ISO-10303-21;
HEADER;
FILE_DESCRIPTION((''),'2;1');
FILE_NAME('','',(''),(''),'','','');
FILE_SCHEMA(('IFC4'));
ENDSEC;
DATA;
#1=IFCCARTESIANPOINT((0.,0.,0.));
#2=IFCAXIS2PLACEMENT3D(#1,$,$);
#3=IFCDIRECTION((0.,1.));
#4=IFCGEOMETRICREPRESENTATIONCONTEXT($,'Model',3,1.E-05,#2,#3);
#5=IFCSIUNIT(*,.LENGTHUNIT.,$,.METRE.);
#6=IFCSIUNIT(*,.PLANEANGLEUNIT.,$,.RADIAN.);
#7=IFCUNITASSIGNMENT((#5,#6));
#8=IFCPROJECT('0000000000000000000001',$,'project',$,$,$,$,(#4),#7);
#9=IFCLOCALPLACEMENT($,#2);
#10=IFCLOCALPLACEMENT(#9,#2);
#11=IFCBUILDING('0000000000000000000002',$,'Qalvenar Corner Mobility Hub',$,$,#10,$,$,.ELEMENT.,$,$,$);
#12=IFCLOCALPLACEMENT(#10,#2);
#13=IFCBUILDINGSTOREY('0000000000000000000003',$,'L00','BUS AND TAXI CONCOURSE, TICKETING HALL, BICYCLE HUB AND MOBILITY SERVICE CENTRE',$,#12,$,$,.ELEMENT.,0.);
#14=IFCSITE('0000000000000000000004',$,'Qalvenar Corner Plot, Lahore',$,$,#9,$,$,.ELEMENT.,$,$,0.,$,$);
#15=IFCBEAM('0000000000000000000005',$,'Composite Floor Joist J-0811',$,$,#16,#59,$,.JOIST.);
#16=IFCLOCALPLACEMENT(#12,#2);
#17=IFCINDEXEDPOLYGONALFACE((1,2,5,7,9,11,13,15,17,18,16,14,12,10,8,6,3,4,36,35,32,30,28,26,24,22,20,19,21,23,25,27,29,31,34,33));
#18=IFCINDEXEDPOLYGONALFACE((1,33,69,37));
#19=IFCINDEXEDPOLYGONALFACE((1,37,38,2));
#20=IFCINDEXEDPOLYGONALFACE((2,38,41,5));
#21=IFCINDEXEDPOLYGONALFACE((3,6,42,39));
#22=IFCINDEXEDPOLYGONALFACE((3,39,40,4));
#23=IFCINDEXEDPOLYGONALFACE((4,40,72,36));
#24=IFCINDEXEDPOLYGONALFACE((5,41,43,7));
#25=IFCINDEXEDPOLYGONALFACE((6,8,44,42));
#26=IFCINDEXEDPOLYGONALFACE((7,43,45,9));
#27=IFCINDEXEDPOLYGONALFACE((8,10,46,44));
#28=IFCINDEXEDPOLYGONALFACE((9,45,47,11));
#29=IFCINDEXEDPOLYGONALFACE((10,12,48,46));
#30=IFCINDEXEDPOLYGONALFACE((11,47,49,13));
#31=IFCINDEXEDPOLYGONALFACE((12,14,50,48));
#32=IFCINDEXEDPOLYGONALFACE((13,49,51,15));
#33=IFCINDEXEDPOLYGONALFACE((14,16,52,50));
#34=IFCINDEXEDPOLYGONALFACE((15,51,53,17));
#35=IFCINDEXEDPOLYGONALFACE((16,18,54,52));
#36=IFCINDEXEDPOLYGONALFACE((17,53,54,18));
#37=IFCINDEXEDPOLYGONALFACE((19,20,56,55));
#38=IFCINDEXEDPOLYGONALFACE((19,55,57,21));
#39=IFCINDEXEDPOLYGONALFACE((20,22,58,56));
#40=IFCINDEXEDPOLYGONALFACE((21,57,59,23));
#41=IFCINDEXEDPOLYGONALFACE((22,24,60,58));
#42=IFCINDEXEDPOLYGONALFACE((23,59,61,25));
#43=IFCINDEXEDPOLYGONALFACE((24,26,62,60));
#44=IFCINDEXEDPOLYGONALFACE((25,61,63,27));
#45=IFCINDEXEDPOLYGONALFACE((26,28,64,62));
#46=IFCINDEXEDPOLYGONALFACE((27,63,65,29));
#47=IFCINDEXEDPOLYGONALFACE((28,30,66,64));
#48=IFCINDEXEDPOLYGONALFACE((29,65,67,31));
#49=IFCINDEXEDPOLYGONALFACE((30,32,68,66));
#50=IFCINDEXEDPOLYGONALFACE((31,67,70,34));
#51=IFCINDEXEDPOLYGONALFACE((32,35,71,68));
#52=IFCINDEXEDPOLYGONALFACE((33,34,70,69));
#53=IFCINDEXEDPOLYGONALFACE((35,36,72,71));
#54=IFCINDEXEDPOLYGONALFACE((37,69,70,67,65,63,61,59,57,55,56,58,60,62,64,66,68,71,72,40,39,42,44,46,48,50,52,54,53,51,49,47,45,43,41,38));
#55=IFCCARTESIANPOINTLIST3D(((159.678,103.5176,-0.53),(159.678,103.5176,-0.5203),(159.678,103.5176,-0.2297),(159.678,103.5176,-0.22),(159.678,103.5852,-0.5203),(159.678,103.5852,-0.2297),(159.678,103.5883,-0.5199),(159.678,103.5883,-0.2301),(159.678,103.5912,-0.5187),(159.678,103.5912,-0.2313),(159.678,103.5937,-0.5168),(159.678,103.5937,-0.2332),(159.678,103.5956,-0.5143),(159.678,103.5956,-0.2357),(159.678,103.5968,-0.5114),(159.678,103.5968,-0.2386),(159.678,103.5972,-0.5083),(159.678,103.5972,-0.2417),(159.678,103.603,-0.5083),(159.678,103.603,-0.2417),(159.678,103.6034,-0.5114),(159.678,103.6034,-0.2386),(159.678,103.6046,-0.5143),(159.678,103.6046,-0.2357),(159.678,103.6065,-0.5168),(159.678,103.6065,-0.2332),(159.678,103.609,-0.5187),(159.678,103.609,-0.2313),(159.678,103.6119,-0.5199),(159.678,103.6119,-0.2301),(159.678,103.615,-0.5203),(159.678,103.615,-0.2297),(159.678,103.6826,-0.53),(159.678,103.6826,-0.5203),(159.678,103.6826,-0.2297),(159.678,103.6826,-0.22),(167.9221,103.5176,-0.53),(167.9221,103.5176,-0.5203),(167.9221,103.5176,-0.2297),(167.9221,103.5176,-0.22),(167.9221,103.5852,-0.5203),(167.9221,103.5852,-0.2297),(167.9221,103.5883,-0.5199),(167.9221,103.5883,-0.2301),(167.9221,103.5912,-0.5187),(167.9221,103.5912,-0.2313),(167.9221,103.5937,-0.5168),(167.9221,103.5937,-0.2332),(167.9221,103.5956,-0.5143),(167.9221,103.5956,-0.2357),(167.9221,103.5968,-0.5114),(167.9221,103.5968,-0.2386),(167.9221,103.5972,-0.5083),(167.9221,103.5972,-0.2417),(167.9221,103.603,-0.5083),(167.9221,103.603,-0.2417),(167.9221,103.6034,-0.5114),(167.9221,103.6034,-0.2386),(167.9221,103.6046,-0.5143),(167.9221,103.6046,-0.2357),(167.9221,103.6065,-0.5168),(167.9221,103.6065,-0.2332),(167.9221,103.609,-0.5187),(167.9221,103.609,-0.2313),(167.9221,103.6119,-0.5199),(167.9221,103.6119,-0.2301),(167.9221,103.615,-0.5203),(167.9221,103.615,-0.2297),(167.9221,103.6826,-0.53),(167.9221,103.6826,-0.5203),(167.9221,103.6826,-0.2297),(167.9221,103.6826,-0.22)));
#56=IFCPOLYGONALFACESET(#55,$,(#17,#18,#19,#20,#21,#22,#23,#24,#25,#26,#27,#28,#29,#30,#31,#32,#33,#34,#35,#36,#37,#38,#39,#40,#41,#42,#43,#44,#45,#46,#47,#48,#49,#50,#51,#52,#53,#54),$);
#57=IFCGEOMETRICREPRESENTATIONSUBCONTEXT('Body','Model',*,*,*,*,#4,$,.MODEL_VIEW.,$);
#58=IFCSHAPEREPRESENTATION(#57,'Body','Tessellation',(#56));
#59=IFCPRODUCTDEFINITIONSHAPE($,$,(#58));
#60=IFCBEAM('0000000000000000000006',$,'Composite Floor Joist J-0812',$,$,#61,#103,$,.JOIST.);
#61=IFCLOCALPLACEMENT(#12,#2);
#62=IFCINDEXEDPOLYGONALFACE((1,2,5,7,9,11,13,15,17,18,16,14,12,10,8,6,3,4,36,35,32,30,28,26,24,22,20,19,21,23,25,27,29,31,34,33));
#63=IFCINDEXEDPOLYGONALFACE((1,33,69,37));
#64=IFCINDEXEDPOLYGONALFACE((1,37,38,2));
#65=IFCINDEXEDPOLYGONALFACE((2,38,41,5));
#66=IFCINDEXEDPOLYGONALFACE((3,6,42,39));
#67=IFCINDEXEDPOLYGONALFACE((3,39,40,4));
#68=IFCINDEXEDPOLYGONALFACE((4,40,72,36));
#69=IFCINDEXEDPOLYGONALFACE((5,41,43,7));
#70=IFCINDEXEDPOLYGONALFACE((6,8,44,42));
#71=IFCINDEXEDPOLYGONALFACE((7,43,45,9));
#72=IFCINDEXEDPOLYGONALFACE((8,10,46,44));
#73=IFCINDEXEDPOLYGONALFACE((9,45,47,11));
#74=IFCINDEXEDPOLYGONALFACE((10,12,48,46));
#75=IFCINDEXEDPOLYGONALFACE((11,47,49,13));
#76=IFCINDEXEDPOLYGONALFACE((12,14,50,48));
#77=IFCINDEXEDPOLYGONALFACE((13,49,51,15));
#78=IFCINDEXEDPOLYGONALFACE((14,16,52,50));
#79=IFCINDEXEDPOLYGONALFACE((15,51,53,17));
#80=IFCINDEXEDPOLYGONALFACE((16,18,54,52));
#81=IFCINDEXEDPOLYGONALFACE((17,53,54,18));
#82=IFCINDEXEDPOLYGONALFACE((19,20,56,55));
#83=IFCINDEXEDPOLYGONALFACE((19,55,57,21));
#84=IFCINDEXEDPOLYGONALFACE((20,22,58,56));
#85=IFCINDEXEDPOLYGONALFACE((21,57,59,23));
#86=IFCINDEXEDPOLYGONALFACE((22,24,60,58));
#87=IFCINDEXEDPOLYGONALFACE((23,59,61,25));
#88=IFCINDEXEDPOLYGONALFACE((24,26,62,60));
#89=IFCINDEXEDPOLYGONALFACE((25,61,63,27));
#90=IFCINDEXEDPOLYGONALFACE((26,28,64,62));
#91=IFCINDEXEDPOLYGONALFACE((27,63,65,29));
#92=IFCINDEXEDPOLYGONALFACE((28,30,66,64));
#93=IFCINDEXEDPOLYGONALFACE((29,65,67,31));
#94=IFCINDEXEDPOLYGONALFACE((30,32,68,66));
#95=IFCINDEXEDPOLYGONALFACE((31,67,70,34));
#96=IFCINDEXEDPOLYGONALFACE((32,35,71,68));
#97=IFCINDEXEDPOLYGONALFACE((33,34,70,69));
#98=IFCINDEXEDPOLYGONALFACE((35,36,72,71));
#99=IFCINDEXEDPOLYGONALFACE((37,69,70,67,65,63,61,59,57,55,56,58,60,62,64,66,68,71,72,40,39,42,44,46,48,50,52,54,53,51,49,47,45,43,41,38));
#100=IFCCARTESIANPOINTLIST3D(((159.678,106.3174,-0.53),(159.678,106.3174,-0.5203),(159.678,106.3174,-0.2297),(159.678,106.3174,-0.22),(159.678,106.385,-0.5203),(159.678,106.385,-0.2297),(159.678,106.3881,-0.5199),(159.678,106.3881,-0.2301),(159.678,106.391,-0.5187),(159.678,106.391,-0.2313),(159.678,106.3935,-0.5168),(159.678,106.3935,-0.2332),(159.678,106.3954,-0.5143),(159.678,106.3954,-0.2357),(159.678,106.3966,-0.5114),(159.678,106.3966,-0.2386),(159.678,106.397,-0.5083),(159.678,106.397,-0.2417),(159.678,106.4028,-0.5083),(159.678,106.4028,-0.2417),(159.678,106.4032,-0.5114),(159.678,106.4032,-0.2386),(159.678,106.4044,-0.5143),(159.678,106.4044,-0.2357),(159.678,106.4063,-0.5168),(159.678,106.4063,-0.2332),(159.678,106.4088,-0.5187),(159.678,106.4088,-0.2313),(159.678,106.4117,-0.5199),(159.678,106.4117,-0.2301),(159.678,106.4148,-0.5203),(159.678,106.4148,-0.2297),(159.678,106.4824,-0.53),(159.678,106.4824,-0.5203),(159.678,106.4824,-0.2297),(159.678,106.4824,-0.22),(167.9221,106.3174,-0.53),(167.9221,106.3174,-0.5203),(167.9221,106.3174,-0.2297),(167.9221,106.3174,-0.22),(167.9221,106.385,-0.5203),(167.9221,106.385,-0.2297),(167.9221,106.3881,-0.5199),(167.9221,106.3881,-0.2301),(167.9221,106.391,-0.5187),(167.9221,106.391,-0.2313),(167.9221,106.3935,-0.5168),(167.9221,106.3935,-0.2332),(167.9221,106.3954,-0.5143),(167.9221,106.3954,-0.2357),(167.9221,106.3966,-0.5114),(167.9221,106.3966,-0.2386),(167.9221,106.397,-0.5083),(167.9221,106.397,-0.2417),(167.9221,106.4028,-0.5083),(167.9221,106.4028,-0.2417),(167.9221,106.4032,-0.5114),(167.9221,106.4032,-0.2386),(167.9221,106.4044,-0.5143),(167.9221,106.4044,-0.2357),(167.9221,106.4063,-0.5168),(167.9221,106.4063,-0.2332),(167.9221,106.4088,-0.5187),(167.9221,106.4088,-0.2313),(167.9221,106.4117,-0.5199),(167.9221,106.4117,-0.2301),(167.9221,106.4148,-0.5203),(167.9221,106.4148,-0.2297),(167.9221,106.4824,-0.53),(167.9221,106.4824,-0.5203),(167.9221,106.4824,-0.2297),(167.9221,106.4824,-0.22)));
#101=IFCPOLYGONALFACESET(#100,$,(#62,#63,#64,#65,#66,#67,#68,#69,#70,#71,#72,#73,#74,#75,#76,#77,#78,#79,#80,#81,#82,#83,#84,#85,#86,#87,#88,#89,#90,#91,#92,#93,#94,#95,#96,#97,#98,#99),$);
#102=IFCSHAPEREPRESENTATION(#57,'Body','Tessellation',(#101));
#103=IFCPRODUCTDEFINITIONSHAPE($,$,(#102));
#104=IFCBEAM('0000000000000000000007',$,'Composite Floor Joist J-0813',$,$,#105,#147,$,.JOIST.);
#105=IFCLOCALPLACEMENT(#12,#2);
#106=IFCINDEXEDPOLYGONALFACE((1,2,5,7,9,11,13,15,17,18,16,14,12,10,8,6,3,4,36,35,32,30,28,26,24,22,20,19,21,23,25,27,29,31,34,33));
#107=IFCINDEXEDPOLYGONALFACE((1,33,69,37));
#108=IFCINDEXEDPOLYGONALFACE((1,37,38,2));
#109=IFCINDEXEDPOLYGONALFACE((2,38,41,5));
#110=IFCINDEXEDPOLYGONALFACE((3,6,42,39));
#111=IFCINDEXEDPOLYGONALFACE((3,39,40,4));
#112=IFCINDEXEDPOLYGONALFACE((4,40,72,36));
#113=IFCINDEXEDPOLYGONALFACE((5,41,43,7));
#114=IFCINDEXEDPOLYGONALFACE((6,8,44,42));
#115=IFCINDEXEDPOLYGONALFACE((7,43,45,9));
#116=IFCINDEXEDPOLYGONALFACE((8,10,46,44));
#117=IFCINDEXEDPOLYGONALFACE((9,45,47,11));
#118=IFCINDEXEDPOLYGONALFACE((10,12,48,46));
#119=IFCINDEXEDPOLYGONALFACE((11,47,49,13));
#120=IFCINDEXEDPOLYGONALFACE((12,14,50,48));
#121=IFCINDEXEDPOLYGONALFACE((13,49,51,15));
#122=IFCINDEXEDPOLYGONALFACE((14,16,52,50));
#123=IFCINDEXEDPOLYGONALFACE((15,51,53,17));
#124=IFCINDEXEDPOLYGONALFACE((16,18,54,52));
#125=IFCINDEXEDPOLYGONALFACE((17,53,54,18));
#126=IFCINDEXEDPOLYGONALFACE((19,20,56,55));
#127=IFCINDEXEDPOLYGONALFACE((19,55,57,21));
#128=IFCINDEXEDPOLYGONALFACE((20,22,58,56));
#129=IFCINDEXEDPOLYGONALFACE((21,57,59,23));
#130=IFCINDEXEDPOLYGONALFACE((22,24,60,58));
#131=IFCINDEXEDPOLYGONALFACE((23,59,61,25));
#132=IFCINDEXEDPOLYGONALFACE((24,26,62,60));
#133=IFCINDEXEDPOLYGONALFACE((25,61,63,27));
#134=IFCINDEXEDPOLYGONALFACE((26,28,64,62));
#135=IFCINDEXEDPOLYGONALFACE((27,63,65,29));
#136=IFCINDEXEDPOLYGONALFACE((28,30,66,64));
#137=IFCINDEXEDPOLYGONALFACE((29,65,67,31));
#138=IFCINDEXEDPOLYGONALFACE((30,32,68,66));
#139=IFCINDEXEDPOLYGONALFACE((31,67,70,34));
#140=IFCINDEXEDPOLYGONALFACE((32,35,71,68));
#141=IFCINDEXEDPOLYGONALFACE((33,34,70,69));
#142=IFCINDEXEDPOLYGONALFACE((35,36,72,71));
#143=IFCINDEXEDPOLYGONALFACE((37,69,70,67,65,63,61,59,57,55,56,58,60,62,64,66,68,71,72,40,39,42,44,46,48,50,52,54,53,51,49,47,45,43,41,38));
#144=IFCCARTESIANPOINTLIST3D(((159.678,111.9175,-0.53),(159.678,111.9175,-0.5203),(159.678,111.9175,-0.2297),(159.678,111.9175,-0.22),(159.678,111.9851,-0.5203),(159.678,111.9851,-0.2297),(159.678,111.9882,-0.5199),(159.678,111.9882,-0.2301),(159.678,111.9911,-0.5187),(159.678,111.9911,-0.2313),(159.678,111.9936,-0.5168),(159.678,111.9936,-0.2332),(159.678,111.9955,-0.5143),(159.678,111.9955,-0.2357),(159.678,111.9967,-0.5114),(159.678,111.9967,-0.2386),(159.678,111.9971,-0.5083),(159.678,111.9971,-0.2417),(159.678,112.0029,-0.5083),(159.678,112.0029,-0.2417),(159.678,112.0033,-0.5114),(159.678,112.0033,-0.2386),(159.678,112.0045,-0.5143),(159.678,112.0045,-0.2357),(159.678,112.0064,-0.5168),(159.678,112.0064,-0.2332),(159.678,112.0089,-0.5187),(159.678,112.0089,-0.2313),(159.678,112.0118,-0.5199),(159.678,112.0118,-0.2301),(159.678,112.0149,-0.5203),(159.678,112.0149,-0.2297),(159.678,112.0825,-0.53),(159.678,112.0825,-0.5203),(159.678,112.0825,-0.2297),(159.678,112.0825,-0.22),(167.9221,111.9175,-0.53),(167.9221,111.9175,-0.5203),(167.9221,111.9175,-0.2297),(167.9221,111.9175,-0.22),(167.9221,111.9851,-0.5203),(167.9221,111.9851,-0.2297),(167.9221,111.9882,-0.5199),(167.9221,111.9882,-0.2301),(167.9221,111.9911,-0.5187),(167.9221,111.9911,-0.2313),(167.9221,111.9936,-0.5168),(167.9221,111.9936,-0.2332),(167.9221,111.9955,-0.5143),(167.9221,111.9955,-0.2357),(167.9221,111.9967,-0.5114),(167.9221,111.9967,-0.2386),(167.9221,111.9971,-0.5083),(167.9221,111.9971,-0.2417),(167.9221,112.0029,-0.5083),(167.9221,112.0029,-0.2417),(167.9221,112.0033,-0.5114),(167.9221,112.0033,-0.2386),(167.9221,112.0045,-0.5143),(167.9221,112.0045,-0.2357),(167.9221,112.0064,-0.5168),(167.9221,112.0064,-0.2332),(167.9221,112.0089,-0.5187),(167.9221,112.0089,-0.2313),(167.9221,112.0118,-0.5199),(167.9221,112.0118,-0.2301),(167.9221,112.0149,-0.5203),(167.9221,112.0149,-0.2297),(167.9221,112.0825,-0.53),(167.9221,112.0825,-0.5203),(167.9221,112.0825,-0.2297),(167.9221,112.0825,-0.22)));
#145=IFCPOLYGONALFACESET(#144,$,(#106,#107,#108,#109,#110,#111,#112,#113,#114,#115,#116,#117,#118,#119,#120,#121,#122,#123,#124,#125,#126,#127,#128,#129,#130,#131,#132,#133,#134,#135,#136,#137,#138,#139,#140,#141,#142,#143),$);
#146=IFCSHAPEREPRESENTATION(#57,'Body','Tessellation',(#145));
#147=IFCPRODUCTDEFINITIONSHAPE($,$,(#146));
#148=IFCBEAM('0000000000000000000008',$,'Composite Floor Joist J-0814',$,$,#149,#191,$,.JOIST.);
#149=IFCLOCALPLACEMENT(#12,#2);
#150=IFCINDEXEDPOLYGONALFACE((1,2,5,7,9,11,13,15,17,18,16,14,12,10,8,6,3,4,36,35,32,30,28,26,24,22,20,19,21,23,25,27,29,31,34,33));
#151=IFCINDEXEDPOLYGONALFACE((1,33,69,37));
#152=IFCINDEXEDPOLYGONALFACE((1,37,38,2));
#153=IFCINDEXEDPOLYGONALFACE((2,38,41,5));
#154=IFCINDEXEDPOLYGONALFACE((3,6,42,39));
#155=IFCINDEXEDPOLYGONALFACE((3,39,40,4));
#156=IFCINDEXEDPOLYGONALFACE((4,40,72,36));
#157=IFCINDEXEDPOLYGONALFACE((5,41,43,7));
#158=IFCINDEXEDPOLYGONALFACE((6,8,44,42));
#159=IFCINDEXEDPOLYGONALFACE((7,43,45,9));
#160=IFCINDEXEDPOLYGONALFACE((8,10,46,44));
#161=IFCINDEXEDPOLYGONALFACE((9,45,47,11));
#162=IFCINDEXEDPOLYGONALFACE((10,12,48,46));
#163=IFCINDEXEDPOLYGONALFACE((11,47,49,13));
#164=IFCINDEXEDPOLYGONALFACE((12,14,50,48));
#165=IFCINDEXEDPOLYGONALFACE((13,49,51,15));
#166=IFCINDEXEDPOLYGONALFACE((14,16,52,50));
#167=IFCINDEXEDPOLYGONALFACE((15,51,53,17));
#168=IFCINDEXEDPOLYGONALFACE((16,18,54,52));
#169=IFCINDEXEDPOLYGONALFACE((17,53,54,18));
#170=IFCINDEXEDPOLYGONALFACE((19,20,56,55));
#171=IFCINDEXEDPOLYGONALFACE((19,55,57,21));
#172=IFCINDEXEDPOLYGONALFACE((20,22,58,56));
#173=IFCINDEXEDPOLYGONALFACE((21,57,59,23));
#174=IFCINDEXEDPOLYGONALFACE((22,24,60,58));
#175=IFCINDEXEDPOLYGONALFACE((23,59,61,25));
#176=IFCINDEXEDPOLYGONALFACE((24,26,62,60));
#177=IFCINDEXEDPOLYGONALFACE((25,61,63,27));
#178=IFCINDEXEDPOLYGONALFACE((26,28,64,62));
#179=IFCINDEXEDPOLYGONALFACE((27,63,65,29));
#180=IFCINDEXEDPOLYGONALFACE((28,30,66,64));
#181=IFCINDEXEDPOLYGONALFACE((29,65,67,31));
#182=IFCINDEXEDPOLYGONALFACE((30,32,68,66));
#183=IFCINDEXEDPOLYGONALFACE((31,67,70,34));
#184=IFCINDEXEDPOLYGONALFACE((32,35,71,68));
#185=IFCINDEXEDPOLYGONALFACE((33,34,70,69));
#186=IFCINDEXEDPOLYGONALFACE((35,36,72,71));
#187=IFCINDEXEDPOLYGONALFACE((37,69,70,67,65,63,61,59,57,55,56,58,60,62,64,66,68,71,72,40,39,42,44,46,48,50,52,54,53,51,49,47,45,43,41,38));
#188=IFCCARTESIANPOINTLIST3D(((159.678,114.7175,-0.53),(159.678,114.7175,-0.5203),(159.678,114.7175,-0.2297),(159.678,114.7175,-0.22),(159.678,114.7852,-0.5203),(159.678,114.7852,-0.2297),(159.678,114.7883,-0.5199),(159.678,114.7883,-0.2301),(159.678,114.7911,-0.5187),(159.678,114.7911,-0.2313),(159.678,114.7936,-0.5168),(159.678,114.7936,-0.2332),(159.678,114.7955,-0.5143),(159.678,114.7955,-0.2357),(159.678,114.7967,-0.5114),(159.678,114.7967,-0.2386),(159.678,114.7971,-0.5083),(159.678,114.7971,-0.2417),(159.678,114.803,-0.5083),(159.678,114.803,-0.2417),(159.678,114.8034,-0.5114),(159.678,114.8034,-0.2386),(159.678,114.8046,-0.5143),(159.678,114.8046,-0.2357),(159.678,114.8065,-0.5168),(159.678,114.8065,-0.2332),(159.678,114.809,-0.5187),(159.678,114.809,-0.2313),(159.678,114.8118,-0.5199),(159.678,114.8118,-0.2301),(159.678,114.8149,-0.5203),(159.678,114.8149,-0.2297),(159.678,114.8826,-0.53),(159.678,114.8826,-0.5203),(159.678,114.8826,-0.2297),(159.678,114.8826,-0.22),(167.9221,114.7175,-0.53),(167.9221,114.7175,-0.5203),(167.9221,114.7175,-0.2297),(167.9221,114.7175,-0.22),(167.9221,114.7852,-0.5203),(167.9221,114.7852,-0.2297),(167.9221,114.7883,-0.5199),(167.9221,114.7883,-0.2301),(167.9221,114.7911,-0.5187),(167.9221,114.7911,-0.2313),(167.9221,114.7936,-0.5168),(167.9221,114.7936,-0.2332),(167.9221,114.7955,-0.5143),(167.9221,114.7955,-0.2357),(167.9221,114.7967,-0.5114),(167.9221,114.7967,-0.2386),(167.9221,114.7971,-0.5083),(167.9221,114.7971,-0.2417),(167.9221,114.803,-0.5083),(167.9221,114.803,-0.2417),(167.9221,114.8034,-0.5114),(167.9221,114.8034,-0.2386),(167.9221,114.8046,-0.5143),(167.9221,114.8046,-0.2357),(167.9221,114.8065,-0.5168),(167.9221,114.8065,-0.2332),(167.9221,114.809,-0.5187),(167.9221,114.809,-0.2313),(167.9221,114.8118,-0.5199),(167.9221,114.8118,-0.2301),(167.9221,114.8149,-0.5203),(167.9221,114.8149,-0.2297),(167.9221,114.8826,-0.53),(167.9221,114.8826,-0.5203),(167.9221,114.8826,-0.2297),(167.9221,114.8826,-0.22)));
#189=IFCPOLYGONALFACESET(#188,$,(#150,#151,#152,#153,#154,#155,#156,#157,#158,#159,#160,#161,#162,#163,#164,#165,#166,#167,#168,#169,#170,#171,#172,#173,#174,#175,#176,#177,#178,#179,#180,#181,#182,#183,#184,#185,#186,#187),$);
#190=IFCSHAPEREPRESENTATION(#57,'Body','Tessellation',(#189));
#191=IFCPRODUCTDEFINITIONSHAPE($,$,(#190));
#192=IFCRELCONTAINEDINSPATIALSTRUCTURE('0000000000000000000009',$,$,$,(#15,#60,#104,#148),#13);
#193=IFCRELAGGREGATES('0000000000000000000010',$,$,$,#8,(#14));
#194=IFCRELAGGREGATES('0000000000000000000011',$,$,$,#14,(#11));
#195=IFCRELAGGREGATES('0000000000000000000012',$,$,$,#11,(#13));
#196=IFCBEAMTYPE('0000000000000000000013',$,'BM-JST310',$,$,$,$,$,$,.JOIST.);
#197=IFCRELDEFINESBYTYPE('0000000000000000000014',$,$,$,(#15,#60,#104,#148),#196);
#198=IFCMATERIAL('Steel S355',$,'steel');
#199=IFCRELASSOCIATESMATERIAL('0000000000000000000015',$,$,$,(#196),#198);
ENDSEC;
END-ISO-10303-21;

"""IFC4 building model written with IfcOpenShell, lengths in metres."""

from ifc_helpers import new_model, si_unit, direction, frame, origin, origin_2d, place, context, subcontext, project, spatial, i_section, extrude, material, material_profile, profile_set, type_object, element, save


model = new_model("IFC4")

# Units and contexts
model_context = context("Model", 3, precision=1e-05, world=origin(), true_north=direction((0.0, 1.0)))
body_context = subcontext(model_context, "Body", "Model", "MODEL_VIEW")
ifc_project = project(units=[si_unit("LENGTHUNIT", "METRE"), si_unit("PLANEANGLEUNIT", "RADIAN")], contexts=[model_context])

# Site, building, storey
site_placement = place(None, origin())
site = spatial("IfcSite", under=ifc_project, at=site_placement, Name="Qalvenar Corner Plot, Lahore", CompositionType="ELEMENT", RefElevation=0.0)
building_placement = place(site_placement, origin())
building = spatial("IfcBuilding", under=site, at=building_placement, Name="Qalvenar Corner Mobility Hub", CompositionType="ELEMENT")
storey_placement = place(building_placement, origin())
storey = spatial("IfcBuildingStorey", under=building, at=storey_placement, Name="L00", Description="BUS AND TAXI CONCOURSE, TICKETING HALL, BICYCLE HUB AND MOBILITY SERVICE CENTRE", CompositionType="ELEMENT", Elevation=0.0)

# Shared definitions
ifc_material_1 = material(Name="Steel S355", Category="steel")

# Beams
ifc_material_profile_1 = material_profile(ifc_material_1, i_section(OverallWidth=0.165, OverallDepth=0.3101, WebThickness=0.0059, FlangeThickness=0.0098, FilletRadius=0.012, at=origin_2d()), Name="W310x38.7")
ifc_profile_set_1 = profile_set([ifc_material_profile_1], Name="Steel S355")
beam_type_1 = type_object("IfcBeamType", Name="BM-JST310", PredefinedType="JOIST", material=ifc_profile_set_1)
for number, where, z_axis, x_axis, name in (
    (1, (159.678, 103.6001, -0.375), (1.0, 0.0, 0.0), (0.0, 1.0, 0.0), "Composite Floor Joist J-0811"),
    (2, (159.678, 106.3999, -0.375), (1.0, 0.0, 0.0), (0.0, 1.0, 0.0), "Composite Floor Joist J-0812"),
    (3, (159.678, 112.0, -0.375), (1.0, 0.0, 0.0), (0.0, 1.0, 0.0), "Composite Floor Joist J-0813"),
    (4, (159.678, 114.8, -0.375), (1.0, 0.0, 0.0), (0.0, 1.0, 0.0), "Composite Floor Joist J-0814"),
):
    element("IfcBeam", number, at=place(storey_placement, frame(where, z_axis=z_axis, x_axis=x_axis)), inside=storey, type_object=beam_type_1, Name=name, PredefinedType="JOIST", context=body_context, shape_type="SweptSolid", body=[
        extrude(i_section(OverallWidth=0.165, OverallDepth=0.3101, WebThickness=0.0059, FlangeThickness=0.0098, FilletRadius=0.012, at=origin_2d()), origin(), (0.0, 0.0, 1.0), 8.2441),
    ])

save(model, "model.ifc")
